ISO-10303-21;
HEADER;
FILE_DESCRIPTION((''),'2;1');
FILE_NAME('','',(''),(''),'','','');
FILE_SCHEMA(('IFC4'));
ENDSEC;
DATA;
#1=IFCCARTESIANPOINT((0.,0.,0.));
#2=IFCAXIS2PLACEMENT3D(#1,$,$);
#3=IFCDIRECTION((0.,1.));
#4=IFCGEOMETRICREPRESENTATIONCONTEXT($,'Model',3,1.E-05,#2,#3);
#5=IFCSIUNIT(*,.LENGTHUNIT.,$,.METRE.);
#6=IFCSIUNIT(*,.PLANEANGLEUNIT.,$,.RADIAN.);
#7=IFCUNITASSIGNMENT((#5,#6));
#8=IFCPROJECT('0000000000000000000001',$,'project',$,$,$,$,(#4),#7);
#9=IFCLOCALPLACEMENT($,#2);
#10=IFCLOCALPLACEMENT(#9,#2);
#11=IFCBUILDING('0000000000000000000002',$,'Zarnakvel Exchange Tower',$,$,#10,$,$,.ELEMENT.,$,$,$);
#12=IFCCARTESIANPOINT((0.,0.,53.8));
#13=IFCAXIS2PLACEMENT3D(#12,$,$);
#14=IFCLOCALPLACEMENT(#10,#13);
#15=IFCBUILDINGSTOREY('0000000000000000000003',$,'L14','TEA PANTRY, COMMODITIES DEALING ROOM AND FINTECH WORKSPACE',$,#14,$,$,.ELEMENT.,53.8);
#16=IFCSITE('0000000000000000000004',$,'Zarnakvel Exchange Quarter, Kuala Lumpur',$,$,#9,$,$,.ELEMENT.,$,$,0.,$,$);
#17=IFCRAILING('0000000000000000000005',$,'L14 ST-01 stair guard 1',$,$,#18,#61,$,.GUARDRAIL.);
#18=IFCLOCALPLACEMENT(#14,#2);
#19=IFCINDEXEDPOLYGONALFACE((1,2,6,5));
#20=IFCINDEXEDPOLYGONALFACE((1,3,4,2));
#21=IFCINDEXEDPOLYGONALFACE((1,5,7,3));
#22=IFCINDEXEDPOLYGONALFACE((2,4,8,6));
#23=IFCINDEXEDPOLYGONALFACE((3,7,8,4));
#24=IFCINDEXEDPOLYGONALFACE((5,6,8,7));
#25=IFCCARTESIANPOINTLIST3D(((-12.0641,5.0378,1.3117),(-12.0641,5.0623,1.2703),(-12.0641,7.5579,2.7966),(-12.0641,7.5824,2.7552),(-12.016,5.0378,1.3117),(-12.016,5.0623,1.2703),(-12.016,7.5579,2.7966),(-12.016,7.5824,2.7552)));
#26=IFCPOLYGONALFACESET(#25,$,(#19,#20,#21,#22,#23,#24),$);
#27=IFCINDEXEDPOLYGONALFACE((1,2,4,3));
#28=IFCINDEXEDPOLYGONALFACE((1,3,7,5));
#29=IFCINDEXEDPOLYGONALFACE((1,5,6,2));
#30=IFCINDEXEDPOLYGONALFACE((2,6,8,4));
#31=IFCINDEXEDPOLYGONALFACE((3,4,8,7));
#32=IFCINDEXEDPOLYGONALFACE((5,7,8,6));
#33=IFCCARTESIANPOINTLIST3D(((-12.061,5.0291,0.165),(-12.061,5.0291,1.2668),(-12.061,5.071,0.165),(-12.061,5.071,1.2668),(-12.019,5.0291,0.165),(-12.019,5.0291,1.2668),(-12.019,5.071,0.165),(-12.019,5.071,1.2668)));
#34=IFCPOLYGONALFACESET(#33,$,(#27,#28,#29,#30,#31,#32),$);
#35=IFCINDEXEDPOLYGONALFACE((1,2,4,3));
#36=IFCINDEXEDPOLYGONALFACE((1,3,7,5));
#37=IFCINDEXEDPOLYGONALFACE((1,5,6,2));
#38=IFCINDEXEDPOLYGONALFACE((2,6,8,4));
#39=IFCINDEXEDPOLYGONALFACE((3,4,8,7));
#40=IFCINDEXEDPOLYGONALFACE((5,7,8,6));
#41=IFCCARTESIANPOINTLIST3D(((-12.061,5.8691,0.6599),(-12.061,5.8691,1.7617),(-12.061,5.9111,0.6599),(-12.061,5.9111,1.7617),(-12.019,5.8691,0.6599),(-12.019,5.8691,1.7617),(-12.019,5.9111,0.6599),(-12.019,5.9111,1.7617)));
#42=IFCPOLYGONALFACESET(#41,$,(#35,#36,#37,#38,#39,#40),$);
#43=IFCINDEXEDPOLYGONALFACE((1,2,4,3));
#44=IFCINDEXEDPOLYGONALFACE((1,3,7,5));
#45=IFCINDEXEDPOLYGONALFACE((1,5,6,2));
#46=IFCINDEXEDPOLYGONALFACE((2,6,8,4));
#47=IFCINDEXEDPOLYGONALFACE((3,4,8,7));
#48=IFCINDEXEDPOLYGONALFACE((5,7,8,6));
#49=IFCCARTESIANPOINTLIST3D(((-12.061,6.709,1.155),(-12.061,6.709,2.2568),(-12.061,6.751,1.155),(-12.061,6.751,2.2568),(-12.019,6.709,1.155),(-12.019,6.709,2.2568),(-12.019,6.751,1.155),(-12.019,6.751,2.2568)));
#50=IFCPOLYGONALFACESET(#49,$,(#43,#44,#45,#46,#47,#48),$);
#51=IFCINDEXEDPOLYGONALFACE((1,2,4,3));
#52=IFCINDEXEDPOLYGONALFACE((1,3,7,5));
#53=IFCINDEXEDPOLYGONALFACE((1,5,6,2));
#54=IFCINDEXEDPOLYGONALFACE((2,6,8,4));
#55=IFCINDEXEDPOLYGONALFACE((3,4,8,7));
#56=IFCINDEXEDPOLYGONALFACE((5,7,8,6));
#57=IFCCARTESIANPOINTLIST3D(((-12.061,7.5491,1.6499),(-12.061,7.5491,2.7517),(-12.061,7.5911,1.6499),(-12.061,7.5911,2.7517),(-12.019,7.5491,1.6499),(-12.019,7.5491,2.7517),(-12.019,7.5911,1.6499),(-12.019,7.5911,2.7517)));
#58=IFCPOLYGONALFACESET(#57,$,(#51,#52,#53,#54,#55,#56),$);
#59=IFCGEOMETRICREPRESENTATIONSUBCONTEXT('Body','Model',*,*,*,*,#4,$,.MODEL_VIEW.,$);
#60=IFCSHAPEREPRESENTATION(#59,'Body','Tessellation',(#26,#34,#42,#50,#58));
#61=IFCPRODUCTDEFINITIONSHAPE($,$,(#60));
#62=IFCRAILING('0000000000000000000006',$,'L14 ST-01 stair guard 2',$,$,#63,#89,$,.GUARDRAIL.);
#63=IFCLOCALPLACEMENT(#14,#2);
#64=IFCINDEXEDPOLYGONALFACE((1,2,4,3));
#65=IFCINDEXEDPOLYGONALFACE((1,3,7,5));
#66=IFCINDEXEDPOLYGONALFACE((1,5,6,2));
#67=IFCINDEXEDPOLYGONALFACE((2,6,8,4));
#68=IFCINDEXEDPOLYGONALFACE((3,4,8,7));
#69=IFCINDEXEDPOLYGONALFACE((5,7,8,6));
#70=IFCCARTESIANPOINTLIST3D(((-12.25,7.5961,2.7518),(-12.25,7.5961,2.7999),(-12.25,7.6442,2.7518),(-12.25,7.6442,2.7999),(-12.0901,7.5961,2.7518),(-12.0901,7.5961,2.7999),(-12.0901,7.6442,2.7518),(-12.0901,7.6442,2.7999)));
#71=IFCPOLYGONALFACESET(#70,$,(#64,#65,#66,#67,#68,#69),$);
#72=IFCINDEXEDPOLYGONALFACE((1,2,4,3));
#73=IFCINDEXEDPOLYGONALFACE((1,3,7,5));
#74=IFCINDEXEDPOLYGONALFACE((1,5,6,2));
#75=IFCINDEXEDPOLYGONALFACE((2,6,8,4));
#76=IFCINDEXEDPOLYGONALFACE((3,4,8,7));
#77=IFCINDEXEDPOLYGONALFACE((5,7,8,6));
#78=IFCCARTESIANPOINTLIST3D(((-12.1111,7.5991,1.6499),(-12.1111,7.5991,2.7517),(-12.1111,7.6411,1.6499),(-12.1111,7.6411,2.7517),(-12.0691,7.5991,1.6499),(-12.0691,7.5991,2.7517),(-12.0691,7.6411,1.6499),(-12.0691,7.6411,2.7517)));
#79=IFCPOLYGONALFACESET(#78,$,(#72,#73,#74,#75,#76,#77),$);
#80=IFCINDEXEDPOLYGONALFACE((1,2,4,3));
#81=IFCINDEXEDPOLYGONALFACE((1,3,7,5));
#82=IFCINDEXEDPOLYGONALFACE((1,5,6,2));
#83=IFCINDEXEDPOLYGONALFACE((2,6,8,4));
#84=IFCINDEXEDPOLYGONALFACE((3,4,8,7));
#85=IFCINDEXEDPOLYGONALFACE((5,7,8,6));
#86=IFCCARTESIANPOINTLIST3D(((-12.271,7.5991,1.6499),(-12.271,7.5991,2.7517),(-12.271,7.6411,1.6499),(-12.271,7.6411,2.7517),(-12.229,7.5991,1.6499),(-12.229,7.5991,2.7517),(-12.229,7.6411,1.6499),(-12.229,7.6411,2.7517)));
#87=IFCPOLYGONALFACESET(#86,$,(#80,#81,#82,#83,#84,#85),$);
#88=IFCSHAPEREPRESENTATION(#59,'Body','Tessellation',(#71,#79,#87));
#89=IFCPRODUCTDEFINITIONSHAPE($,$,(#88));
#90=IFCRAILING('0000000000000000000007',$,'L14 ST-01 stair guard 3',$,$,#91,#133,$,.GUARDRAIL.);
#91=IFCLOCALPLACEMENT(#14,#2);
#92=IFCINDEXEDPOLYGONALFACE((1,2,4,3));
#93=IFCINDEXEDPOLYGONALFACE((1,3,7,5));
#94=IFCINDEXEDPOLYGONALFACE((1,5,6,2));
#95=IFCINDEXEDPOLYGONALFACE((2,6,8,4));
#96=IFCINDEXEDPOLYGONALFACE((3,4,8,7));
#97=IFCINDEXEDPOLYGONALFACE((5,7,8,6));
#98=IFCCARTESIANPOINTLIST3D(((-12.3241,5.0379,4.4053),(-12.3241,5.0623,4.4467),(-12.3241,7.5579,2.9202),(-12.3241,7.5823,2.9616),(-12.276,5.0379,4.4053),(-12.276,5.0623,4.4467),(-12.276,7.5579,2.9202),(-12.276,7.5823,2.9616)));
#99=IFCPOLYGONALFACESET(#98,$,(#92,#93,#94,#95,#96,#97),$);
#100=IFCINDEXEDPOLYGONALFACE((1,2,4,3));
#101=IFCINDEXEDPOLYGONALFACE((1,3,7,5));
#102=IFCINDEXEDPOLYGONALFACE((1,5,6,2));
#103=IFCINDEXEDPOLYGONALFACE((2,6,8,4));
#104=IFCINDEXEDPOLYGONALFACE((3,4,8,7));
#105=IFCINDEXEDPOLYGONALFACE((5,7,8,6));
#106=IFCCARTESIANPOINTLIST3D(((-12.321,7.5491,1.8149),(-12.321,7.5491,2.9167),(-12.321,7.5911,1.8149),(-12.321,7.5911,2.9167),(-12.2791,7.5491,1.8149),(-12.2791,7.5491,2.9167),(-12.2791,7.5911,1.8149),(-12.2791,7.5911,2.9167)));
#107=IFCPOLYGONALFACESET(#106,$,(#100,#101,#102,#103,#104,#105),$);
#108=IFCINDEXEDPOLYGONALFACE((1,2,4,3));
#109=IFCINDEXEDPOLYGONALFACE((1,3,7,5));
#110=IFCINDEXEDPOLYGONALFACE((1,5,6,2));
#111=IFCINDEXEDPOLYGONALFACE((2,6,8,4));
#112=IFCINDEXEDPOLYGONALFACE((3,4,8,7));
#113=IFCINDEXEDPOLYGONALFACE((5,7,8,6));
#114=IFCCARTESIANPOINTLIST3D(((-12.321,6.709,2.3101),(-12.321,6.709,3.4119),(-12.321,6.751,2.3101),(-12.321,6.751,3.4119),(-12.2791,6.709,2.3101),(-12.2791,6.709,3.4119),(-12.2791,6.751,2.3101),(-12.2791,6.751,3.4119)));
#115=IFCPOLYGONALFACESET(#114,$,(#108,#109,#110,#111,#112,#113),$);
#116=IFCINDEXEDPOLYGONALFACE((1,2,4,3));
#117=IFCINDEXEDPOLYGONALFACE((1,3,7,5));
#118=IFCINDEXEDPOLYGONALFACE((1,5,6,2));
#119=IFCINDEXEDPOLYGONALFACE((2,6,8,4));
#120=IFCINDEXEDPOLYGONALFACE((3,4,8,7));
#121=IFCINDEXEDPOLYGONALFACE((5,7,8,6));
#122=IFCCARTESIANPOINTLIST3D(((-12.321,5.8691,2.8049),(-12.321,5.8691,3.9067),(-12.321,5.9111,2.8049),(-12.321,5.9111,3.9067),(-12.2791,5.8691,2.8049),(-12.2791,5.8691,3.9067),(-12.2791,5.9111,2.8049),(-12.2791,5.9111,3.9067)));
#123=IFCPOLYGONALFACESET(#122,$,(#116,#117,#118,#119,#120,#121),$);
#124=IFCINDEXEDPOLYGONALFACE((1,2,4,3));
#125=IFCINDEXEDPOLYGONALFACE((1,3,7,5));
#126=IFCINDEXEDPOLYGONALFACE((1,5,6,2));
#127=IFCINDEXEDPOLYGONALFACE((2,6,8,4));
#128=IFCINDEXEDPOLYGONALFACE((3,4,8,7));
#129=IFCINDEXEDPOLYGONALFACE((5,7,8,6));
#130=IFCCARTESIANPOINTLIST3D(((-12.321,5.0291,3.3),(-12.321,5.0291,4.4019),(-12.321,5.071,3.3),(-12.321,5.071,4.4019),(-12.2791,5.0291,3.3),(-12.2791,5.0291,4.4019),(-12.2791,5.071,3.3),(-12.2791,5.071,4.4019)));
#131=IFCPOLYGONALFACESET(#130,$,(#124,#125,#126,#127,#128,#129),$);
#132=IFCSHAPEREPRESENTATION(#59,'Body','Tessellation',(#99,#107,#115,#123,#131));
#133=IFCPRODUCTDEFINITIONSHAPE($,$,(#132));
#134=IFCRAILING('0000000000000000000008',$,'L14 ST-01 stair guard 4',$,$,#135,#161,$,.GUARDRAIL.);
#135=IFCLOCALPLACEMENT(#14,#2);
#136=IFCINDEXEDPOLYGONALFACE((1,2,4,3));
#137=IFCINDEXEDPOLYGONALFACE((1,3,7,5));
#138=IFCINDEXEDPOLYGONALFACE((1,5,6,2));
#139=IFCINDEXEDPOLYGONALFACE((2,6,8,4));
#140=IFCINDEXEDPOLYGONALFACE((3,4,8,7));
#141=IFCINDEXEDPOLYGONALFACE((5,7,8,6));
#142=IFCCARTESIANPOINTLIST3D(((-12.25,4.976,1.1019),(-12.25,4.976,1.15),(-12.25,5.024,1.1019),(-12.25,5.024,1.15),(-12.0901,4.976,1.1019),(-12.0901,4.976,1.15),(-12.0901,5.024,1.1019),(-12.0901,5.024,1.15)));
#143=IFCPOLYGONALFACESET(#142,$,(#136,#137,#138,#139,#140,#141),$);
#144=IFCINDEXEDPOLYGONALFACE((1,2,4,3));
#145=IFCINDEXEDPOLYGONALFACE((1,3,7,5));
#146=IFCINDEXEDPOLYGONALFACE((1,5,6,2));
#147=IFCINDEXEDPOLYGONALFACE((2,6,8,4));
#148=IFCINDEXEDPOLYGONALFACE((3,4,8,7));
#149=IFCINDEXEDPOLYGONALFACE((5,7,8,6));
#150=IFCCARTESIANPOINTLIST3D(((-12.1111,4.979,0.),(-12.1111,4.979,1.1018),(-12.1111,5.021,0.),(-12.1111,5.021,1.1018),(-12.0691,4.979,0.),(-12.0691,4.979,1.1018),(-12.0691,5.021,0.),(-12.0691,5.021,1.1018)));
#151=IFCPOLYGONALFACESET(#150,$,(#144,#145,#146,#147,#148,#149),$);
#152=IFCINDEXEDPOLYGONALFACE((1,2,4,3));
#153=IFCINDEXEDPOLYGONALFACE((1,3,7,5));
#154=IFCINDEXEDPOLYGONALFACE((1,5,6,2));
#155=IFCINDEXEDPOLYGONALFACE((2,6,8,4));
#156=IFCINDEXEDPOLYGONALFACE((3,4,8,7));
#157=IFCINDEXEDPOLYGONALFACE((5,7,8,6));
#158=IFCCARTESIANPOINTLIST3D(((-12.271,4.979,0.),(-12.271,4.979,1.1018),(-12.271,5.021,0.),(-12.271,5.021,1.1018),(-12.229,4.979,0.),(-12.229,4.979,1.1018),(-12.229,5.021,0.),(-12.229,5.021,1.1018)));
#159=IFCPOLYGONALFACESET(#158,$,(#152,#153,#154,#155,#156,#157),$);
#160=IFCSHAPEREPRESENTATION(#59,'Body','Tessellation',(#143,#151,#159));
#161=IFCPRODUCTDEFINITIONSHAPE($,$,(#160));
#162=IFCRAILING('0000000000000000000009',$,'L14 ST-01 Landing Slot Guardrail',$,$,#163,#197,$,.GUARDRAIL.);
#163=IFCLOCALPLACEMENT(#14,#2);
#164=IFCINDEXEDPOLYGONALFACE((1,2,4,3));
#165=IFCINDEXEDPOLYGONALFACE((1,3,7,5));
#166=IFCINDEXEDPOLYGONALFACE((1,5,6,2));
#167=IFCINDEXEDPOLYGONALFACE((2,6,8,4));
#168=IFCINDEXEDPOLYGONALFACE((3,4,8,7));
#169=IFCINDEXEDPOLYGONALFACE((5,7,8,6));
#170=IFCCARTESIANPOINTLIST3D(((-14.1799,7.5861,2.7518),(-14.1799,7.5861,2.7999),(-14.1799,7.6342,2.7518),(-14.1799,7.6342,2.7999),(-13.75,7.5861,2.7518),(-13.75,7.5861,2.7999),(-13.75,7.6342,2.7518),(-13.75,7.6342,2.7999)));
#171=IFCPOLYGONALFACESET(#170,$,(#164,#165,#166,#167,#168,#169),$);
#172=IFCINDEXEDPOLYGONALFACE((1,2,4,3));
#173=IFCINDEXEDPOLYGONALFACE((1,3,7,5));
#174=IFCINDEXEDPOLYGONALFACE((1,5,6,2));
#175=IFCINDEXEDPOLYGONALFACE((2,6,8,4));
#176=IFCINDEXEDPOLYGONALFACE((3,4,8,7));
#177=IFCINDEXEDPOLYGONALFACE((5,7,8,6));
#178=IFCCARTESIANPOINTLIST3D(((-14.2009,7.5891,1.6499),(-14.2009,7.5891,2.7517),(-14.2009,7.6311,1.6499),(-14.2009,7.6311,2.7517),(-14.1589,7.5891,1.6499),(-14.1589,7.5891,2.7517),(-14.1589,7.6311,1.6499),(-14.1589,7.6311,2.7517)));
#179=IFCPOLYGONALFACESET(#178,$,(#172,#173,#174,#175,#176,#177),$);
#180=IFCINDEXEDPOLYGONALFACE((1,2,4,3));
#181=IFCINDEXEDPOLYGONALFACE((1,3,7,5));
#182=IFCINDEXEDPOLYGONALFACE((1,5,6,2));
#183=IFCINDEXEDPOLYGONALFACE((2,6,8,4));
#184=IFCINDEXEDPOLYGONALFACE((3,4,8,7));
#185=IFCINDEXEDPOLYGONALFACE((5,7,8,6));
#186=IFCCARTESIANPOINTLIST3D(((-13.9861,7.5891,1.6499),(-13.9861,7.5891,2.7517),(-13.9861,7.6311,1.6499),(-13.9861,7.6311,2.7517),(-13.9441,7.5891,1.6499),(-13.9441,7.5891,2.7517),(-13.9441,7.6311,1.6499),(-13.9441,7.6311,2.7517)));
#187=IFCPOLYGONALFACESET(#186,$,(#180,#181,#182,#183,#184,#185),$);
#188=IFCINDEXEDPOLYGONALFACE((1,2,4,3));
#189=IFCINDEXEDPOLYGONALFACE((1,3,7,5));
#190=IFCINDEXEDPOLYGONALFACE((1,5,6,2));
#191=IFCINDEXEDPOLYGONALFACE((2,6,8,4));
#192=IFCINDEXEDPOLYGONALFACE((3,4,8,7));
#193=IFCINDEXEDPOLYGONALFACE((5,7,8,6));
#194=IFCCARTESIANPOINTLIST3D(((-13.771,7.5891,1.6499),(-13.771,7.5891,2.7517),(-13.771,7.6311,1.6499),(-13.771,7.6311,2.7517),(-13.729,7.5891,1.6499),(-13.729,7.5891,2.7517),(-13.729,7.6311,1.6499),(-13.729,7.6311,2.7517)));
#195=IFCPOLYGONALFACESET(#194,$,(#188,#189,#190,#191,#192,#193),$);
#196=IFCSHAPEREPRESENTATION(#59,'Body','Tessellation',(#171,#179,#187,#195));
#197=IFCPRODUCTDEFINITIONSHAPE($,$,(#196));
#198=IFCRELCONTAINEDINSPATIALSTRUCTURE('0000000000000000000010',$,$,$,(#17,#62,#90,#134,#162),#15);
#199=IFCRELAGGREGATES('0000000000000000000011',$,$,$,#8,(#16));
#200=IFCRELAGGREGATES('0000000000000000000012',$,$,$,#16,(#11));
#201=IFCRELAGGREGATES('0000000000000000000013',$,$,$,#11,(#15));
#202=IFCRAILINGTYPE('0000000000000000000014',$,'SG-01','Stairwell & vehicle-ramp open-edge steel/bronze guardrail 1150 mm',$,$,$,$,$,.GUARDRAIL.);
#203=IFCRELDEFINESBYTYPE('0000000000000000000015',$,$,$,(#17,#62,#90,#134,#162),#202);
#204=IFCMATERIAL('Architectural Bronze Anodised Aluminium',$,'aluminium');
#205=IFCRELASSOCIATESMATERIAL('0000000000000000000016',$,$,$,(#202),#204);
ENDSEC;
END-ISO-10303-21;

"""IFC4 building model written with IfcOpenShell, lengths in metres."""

from ifc_helpers import new_model, si_unit, direction, frame, origin, origin_2d, place, context, subcontext, project, spatial, rectangle, extrude, material, type_object, element, save


model = new_model("IFC4")

# Units and contexts
model_context = context("Model", 3, precision=1e-05, world=origin(), true_north=direction((0.0, 1.0)))
body_context = subcontext(model_context, "Body", "Model", "MODEL_VIEW")
ifc_project = project(units=[si_unit("LENGTHUNIT", "METRE"), si_unit("PLANEANGLEUNIT", "RADIAN")], contexts=[model_context])

# Site, building, storey
site_placement = place(None, origin())
site = spatial("IfcSite", under=ifc_project, at=site_placement, Name="Zarnakvel Exchange Quarter, Kuala Lumpur", CompositionType="ELEMENT", RefElevation=0.0)
building_placement = place(site_placement, origin())
building = spatial("IfcBuilding", under=site, at=building_placement, Name="Zarnakvel Exchange Tower", CompositionType="ELEMENT")
storey_placement = place(building_placement, frame((0.0, 0.0, 53.8)))
storey = spatial("IfcBuildingStorey", under=building, at=storey_placement, Name="L14", Description="TEA PANTRY, COMMODITIES DEALING ROOM AND FINTECH WORKSPACE", CompositionType="ELEMENT", Elevation=53.8)

# Shared definitions
ifc_material_1 = material(Name="Architectural Bronze Anodised Aluminium", Category="aluminium")

# Railings
railing_type_1 = type_object("IfcRailingType", Name="SG-01", Description="Stairwell & vehicle-ramp open-edge steel/bronze guardrail 1150 mm", PredefinedType="GUARDRAIL", material=ifc_material_1)
railing_1_placement = place(storey_placement, frame((-12.04, 5.05, 0.165)))
element("IfcRailing", 1, at=railing_1_placement, inside=storey, type_object=railing_type_1, Name="L14 ST-01 stair guard 1", PredefinedType="GUARDRAIL", context=body_context, shape_type="SweptSolid", body=[
    extrude(rectangle(XDim=0.0481, YDim=0.0481, at=origin_2d()), frame((0.0, 0.0, 1.126), z_axis=(0.0, 0.861561, 0.507655), x_axis=(-1.0, 0.0, 0.0)), (0.0, 0.0, 1.0), 2.925),
    extrude(rectangle(XDim=0.042, YDim=0.042, at=origin_2d()), origin(), (0.0, 0.0, 1.0), 1.1018),
    extrude(rectangle(XDim=0.042, YDim=0.042, at=origin_2d()), frame((0.0, 0.8401, 0.4949)), (0.0, 0.0, 1.0), 1.1018),
    extrude(rectangle(XDim=0.042, YDim=0.042, at=origin_2d()), frame((0.0, 1.6799, 0.99)), (0.0, 0.0, 1.0), 1.1018),
    extrude(rectangle(XDim=0.042, YDim=0.042, at=origin_2d()), frame((0.0, 2.52, 1.4849)), (0.0, 0.0, 1.0), 1.1018),
])
railing_2_placement = place(storey_placement, frame((-12.0901, 7.6201, 1.6499)))
element("IfcRailing", 2, at=railing_2_placement, inside=storey, type_object=railing_type_1, Name="L14 ST-01 stair guard 2", PredefinedType="GUARDRAIL", context=body_context, shape_type="SweptSolid", body=[
    extrude(rectangle(XDim=0.0481, YDim=0.0481, at=origin_2d()), frame((0.0, 0.0, 1.126), z_axis=(-1.0, 0.0, 0.0), x_axis=(0.0, -1.0, 0.0)), (0.0, 0.0, 1.0), 0.1599),
    extrude(rectangle(XDim=0.042, YDim=0.042, at=origin_2d()), origin(), (0.0, 0.0, 1.0), 1.1018),
    extrude(rectangle(XDim=0.042, YDim=0.042, at=origin_2d()), frame((-0.1599, 0.0, 0.0)), (0.0, 0.0, 1.0), 1.1018),
])
railing_3_placement = place(storey_placement, frame((-12.3, 7.5701, 1.8149)))
element("IfcRailing", 3, at=railing_3_placement, inside=storey, type_object=railing_type_1, Name="L14 ST-01 stair guard 3", PredefinedType="GUARDRAIL", context=body_context, shape_type="SweptSolid", body=[
    extrude(rectangle(XDim=0.0481, YDim=0.0481, at=origin_2d()), frame((0.0, 0.0, 1.126), z_axis=(0.0, -0.861524, 0.507717), x_axis=(1.0, 0.0, 0.0)), (0.0, 0.0, 1.0), 2.925),
    extrude(rectangle(XDim=0.042, YDim=0.042, at=origin_2d()), origin(), (0.0, 0.0, 1.0), 1.1018),
    extrude(rectangle(XDim=0.042, YDim=0.042, at=origin_2d()), frame((0.0, -0.8401, 0.4951)), (0.0, 0.0, 1.0), 1.1018),
    extrude(rectangle(XDim=0.042, YDim=0.042, at=origin_2d()), frame((0.0, -1.6799, 0.99)), (0.0, 0.0, 1.0), 1.1018),
    extrude(rectangle(XDim=0.042, YDim=0.042, at=origin_2d()), frame((0.0, -2.52, 1.4851)), (0.0, 0.0, 1.0), 1.1018),
])
railing_4_placement = place(storey_placement, frame((-12.0901, 5.0, 0.0)))
element("IfcRailing", 4, at=railing_4_placement, inside=storey, type_object=railing_type_1, Name="L14 ST-01 stair guard 4", PredefinedType="GUARDRAIL", context=body_context, shape_type="SweptSolid", body=[
    extrude(rectangle(XDim=0.0481, YDim=0.0481, at=origin_2d()), frame((0.0, 0.0, 1.126), z_axis=(-1.0, 0.0, 0.0), x_axis=(0.0, -1.0, 0.0)), (0.0, 0.0, 1.0), 0.1599),
    extrude(rectangle(XDim=0.042, YDim=0.042, at=origin_2d()), origin(), (0.0, 0.0, 1.0), 1.1018),
    extrude(rectangle(XDim=0.042, YDim=0.042, at=origin_2d()), frame((-0.1599, 0.0, 0.0)), (0.0, 0.0, 1.0), 1.1018),
])
railing_5_placement = place(storey_placement, frame((-14.1799, 7.6101, 1.6499)))
element("IfcRailing", 5, at=railing_5_placement, inside=storey, type_object=railing_type_1, Name="L14 ST-01 Landing Slot Guardrail", PredefinedType="GUARDRAIL", context=body_context, shape_type="SweptSolid", body=[
    extrude(rectangle(XDim=0.0481, YDim=0.0481, at=origin_2d()), frame((0.0, 0.0, 1.126), z_axis=(1.0, 0.0, 0.0), x_axis=(0.0, 1.0, 0.0)), (0.0, 0.0, 1.0), 0.4299),
    extrude(rectangle(XDim=0.042, YDim=0.042, at=origin_2d()), origin(), (0.0, 0.0, 1.0), 1.1018),
    extrude(rectangle(XDim=0.042, YDim=0.042, at=origin_2d()), frame((0.2148, 0.0, 0.0)), (0.0, 0.0, 1.0), 1.1018),
    extrude(rectangle(XDim=0.042, YDim=0.042, at=origin_2d()), frame((0.4299, 0.0, 0.0)), (0.0, 0.0, 1.0), 1.1018),
])

save(model, "model.ifc")
